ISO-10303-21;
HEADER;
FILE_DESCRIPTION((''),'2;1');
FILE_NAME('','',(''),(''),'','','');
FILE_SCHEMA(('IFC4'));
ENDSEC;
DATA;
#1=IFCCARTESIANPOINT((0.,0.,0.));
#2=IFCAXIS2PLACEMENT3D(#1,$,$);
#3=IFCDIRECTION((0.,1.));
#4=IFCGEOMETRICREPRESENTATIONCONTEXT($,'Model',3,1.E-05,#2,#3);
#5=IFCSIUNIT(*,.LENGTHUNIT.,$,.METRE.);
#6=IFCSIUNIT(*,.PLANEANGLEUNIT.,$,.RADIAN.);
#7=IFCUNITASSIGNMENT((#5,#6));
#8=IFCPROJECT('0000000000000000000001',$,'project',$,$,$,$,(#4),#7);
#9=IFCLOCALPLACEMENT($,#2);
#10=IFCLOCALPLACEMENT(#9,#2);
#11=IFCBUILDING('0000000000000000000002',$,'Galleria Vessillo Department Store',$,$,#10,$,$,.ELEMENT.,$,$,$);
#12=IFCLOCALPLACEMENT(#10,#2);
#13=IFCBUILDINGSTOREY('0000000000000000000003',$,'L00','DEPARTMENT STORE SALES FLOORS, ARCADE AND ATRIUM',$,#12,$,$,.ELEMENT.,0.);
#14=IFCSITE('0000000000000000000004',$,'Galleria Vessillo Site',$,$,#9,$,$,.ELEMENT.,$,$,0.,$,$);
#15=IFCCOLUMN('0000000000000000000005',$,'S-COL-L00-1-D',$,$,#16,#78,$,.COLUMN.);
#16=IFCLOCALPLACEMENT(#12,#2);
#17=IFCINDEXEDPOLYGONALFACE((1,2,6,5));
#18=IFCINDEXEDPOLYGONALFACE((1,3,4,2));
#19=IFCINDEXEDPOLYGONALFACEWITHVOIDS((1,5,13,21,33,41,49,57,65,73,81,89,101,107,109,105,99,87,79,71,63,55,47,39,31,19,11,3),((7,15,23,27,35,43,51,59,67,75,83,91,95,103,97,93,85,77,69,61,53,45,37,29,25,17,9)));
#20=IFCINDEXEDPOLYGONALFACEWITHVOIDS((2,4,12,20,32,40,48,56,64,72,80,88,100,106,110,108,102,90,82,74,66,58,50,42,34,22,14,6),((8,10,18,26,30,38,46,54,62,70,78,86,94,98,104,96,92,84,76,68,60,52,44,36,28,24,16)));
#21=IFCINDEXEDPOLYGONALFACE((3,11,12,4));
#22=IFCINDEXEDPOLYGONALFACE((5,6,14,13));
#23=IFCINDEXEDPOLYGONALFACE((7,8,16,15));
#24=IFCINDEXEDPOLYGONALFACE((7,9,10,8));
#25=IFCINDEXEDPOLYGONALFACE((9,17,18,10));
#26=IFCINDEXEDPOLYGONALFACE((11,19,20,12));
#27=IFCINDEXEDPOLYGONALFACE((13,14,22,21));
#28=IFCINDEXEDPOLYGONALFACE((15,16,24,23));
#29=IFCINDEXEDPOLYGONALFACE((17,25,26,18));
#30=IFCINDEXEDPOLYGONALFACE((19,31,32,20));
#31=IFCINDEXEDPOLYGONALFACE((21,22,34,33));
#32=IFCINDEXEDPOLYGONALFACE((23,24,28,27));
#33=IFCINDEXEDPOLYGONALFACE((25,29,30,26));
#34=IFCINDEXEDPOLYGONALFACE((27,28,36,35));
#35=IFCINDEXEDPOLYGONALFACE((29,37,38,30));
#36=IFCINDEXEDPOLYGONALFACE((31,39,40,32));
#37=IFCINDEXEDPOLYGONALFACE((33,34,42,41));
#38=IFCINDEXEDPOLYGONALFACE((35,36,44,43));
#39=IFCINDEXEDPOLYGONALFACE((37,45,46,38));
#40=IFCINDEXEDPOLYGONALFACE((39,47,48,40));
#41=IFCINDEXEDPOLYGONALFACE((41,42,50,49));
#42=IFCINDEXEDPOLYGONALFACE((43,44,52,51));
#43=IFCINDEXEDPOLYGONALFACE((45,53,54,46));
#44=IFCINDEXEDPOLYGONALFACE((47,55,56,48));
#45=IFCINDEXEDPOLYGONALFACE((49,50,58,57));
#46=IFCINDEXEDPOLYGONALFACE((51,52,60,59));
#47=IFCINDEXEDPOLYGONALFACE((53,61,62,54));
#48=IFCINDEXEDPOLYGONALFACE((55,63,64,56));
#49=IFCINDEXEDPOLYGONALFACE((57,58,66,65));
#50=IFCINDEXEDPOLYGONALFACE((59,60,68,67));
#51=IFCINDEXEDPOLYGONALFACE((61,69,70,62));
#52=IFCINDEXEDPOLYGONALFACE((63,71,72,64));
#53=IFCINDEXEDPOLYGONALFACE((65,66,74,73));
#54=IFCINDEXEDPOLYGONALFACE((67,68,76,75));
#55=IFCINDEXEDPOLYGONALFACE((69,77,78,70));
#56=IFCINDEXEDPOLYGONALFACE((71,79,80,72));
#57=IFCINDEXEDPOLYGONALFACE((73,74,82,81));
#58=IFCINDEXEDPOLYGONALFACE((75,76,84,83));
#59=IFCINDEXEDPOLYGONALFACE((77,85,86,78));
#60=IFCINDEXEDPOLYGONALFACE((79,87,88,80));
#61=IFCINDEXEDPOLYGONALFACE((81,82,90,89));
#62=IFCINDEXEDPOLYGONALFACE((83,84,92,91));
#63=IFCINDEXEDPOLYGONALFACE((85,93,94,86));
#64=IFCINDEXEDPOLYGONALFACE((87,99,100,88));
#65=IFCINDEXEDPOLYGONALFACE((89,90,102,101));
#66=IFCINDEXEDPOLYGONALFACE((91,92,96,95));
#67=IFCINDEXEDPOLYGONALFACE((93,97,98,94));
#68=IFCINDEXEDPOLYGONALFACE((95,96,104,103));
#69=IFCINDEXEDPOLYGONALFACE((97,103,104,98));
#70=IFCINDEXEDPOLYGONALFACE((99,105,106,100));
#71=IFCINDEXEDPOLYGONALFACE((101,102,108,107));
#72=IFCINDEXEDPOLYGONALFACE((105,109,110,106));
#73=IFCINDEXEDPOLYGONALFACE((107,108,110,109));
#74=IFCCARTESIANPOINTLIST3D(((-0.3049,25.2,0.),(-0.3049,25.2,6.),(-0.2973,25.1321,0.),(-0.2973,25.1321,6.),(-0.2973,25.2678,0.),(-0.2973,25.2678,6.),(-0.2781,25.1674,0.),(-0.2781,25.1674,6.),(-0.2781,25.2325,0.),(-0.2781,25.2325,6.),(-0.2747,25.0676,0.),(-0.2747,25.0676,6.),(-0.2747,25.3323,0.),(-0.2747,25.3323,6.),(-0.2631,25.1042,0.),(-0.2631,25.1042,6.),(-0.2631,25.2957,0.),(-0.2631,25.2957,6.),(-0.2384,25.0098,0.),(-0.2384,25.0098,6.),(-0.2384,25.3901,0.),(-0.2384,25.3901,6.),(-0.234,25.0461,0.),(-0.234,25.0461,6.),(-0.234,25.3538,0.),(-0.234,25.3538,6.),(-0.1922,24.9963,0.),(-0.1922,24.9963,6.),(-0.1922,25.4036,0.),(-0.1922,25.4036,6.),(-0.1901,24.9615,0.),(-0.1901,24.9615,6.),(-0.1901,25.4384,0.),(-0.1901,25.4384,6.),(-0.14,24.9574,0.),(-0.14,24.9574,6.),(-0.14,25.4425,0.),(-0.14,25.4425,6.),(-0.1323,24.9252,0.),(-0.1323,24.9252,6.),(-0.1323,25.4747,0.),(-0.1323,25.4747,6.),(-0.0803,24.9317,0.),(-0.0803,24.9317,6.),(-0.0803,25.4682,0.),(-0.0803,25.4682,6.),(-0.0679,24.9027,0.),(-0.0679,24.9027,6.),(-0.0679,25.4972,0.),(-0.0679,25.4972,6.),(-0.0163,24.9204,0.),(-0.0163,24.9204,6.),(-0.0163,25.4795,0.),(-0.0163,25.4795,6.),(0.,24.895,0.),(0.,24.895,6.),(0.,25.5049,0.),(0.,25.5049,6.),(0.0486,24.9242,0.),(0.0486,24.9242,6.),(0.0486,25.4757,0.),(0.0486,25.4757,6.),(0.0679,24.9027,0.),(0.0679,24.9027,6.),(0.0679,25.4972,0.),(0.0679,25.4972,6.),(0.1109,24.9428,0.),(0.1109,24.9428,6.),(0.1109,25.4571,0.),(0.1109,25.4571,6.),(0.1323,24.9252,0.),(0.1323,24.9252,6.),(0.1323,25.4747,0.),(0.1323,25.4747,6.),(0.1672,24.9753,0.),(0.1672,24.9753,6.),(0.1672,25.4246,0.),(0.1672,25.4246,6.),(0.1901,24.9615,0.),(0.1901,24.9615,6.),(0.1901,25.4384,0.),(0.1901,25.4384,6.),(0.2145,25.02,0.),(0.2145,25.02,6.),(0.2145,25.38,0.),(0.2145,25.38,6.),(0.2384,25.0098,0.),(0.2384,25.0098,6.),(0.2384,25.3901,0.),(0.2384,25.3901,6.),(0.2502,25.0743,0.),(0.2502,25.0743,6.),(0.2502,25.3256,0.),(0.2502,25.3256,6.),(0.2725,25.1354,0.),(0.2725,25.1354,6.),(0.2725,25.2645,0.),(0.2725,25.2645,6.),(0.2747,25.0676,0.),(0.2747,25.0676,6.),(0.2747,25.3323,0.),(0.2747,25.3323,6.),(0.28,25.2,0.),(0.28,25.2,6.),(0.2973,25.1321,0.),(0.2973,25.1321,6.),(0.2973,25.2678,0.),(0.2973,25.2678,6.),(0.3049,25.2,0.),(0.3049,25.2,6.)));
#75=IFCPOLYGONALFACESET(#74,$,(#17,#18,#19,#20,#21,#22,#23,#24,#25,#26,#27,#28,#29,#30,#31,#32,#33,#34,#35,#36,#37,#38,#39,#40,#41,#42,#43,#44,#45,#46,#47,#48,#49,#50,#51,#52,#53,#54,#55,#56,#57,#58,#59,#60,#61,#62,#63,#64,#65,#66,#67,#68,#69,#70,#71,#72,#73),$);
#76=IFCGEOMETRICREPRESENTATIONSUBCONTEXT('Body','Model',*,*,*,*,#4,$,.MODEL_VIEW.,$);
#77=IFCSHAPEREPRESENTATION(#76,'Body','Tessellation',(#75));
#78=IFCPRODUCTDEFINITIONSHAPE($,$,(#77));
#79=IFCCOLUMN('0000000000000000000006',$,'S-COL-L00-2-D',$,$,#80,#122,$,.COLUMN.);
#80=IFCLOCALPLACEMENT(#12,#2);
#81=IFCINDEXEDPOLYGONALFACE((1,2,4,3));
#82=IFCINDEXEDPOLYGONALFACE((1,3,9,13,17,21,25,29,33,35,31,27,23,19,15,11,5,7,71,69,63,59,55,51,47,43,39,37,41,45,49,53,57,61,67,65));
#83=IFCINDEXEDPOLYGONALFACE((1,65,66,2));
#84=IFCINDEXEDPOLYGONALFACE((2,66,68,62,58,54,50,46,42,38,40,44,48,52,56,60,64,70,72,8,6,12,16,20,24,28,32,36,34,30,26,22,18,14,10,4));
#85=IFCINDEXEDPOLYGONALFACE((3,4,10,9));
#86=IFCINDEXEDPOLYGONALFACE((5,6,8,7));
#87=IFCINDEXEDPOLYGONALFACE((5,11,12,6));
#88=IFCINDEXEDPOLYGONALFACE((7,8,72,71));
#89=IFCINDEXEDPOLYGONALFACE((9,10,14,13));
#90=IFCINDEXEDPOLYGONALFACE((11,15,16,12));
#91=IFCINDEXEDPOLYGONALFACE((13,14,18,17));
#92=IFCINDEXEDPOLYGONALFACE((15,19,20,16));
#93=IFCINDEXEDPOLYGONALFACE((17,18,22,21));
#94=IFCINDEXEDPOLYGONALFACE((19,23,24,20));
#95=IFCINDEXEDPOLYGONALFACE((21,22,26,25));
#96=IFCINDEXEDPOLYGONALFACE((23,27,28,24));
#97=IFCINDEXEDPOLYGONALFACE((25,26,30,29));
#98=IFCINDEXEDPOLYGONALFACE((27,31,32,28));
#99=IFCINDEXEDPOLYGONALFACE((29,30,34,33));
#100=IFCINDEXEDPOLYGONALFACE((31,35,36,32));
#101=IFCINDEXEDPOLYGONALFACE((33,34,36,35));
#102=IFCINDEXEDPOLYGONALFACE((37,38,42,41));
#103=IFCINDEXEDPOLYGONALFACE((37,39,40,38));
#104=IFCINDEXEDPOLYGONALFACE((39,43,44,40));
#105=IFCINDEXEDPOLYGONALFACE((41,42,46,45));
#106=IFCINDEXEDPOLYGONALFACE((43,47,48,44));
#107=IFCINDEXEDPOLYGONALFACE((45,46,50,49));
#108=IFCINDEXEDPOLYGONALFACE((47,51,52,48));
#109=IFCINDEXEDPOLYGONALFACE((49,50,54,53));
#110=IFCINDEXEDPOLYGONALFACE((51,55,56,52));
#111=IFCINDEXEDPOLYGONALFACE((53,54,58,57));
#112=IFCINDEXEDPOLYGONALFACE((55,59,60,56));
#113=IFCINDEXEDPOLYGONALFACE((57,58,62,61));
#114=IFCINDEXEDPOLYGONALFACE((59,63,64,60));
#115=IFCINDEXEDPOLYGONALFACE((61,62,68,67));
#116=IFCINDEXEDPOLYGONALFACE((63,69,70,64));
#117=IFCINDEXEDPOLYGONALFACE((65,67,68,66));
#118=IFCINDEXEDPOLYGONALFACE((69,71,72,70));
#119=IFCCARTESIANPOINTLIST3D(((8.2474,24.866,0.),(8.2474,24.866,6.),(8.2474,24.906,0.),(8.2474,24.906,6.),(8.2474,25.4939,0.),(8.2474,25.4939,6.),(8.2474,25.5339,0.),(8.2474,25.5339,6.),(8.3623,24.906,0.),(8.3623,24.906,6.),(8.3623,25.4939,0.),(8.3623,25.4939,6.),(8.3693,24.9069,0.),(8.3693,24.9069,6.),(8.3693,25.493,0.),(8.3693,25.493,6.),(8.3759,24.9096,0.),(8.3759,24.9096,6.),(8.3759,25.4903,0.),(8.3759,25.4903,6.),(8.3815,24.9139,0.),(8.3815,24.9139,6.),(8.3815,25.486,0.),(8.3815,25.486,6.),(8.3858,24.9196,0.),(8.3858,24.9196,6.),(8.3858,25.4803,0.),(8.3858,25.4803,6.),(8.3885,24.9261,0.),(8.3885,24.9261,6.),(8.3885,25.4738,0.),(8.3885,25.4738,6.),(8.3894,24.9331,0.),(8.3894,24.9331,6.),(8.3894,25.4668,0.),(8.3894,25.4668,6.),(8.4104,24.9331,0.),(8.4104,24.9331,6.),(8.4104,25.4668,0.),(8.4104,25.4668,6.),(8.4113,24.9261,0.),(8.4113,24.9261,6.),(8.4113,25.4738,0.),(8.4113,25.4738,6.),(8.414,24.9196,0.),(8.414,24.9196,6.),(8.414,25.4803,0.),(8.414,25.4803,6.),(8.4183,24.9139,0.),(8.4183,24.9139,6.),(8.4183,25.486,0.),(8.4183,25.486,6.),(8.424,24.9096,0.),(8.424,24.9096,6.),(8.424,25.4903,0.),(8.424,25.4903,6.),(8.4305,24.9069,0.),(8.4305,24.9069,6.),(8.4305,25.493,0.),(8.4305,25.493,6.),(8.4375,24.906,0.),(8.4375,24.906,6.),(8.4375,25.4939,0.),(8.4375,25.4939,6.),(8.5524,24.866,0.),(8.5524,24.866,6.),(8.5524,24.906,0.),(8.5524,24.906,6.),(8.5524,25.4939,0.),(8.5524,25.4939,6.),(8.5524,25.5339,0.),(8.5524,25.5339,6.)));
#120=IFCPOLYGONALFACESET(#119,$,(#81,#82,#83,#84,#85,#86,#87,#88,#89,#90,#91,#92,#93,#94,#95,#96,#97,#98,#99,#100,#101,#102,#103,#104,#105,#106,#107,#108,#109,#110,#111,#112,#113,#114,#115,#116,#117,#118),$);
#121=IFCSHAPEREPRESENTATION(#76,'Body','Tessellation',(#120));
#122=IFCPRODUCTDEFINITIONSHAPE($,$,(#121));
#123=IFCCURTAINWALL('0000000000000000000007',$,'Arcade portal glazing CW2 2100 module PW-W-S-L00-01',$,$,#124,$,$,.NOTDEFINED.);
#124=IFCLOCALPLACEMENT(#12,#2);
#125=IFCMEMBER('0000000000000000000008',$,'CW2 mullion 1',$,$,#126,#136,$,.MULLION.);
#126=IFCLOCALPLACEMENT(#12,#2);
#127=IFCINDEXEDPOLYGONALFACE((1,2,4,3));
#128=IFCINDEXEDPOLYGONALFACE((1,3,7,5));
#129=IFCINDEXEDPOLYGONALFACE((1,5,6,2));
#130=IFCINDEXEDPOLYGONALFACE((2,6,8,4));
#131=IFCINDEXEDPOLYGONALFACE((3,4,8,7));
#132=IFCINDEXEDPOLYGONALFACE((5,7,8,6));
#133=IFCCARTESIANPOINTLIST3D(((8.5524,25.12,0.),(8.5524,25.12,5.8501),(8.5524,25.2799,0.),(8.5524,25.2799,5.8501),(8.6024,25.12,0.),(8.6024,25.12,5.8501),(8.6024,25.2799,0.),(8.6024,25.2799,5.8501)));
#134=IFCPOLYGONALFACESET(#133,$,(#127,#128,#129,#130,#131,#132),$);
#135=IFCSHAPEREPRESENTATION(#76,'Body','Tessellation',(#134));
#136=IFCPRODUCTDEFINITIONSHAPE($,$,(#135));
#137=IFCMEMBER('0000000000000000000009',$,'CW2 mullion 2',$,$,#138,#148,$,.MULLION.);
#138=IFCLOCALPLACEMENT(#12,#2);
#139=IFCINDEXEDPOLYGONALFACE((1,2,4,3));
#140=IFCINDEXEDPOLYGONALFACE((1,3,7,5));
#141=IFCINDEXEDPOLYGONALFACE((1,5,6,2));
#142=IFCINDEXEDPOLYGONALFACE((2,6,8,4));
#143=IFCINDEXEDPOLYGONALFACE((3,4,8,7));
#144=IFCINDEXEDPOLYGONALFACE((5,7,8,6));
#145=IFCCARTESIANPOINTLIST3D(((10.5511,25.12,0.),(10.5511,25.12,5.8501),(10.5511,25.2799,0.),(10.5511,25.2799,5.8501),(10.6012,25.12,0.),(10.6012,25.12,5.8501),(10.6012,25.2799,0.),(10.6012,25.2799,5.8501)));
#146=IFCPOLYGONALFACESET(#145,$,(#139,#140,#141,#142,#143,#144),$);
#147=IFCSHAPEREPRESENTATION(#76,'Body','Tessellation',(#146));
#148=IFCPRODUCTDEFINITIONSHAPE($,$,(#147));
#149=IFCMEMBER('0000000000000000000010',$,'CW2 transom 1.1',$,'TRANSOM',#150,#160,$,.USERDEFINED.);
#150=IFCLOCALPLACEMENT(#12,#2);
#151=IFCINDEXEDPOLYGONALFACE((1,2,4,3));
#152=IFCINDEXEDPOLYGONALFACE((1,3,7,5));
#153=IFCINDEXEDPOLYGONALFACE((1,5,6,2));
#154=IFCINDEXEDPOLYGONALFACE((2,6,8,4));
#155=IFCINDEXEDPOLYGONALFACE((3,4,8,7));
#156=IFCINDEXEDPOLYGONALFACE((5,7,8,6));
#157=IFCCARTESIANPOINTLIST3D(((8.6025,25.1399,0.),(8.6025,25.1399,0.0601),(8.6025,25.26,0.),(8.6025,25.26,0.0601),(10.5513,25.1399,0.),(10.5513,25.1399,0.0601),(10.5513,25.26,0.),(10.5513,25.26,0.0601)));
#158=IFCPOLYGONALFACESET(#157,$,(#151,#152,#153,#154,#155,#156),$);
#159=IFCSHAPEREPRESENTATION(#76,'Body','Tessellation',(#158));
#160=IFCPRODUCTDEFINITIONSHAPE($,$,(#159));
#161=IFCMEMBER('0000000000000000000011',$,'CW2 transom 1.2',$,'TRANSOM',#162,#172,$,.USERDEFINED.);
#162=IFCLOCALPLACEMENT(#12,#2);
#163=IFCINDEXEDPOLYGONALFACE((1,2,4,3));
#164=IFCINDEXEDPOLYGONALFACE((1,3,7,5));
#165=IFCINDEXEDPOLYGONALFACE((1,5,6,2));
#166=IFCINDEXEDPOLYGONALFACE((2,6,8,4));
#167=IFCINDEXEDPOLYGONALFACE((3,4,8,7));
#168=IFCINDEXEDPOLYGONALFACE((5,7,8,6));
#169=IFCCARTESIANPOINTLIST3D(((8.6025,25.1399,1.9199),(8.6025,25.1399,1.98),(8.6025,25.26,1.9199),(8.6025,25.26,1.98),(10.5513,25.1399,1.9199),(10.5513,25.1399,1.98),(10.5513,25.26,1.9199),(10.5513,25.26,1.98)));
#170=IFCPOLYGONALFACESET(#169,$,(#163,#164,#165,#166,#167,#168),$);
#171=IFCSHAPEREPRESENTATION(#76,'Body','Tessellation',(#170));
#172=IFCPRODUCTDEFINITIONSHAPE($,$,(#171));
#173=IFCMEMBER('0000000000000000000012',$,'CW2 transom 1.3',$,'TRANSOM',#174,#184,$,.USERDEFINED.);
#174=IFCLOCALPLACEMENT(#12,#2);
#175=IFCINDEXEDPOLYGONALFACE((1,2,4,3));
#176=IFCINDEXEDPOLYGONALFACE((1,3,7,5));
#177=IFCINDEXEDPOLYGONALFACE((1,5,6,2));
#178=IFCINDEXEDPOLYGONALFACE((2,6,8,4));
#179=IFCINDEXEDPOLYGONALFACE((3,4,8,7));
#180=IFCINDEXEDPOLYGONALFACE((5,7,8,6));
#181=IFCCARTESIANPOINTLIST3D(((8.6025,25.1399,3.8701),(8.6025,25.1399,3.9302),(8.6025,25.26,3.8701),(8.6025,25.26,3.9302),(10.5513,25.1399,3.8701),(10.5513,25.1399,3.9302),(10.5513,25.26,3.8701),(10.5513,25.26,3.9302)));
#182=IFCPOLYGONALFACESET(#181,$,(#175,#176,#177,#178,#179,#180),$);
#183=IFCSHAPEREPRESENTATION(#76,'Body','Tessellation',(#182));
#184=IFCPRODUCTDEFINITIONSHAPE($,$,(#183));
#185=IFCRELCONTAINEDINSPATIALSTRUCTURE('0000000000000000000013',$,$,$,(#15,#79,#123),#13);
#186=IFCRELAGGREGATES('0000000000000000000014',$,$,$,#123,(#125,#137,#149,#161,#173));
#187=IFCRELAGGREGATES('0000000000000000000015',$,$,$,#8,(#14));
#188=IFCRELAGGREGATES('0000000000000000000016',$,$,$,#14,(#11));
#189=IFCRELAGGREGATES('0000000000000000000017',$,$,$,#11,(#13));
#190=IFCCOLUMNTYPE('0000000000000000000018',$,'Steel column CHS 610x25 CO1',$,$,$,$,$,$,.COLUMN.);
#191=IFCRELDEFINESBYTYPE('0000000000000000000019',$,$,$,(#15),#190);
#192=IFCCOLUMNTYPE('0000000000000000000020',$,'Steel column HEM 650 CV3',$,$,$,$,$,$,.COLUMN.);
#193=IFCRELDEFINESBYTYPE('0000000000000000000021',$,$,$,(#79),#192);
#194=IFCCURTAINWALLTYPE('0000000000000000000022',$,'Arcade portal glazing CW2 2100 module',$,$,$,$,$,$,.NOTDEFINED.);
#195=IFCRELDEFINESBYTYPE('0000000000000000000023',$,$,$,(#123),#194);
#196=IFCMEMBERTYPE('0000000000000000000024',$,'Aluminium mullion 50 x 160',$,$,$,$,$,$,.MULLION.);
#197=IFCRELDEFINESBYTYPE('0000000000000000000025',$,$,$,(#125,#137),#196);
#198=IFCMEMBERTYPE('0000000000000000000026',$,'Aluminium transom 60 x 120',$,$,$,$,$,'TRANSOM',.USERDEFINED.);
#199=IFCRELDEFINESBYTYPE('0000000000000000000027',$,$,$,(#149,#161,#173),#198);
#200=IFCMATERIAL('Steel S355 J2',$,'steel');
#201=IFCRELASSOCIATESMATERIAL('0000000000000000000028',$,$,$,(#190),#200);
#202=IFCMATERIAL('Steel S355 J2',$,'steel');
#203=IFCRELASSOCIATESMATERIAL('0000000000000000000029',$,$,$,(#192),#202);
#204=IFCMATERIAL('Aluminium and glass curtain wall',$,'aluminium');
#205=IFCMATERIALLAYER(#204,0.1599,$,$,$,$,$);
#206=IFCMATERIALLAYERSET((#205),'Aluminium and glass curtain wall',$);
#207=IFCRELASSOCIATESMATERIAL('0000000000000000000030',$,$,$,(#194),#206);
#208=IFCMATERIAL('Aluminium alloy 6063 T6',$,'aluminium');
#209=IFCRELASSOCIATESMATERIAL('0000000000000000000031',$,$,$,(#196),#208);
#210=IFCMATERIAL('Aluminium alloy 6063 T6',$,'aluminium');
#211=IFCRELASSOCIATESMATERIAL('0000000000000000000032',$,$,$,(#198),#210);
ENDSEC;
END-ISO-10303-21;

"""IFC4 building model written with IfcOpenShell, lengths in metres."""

from ifc_helpers import new_model, si_unit, direction, frame, origin, origin_2d, place, context, subcontext, project, spatial, rectangle, hollow_circle, i_section, extrude, material, layer, layer_set, material_profile, profile_set, type_object, element, aggregate, save


model = new_model("IFC4")

# Units and contexts
model_context = context("Model", 3, precision=1e-05, world=origin(), true_north=direction((0.0, 1.0)))
body_context = subcontext(model_context, "Body", "Model", "MODEL_VIEW")
ifc_project = project(units=[si_unit("LENGTHUNIT", "METRE"), si_unit("PLANEANGLEUNIT", "RADIAN")], contexts=[model_context])

# Site, building, storey
site_placement = place(None, origin())
site = spatial("IfcSite", under=ifc_project, at=site_placement, Name="Galleria Vessillo Site", CompositionType="ELEMENT", RefElevation=0.0)
building_placement = place(site_placement, origin())
building = spatial("IfcBuilding", under=site, at=building_placement, Name="Galleria Vessillo Department Store", CompositionType="ELEMENT")
storey_placement = place(building_placement, origin())
storey = spatial("IfcBuildingStorey", under=building, at=storey_placement, Name="L00", Description="DEPARTMENT STORE SALES FLOORS, ARCADE AND ATRIUM", CompositionType="ELEMENT", Elevation=0.0)

# Columns
ifc_material_1 = material(Name="Steel S355 J2", Category="steel")
ifc_material_profile_1 = material_profile(ifc_material_1, hollow_circle(Radius=0.3049, WallThickness=0.0249, at=origin_2d()), Name="CHS 610x25")
ifc_profile_set_1 = profile_set([ifc_material_profile_1], Name="Steel S355 J2")
column_type_1 = type_object("IfcColumnType", Name="Steel column CHS 610x25 CO1", PredefinedType="COLUMN", material=ifc_profile_set_1)
column_1_placement = place(storey_placement, frame((0.0, 25.2, 0.0), z_axis=(0.0, 0.0, 1.0), x_axis=(1.0, 0.0, 0.0)))
element("IfcColumn", 1, at=column_1_placement, inside=storey, type_object=column_type_1, Name="S-COL-L00-1-D", PredefinedType="COLUMN", context=body_context, shape_type="SweptSolid", body=[
    extrude(hollow_circle(Radius=0.3049, WallThickness=0.0249, at=origin_2d()), origin(), (0.0, 0.0, 1.0), 6.0),
])
ifc_material_2 = material(Name="Steel S355 J2", Category="steel")
ifc_material_profile_2 = material_profile(ifc_material_2, i_section(OverallWidth=0.3049, OverallDepth=0.668, WebThickness=0.021, FlangeThickness=0.04, FilletRadius=0.0271, at=origin_2d()), Name="HEM 650")
ifc_profile_set_2 = profile_set([ifc_material_profile_2], Name="Steel S355 J2")
column_type_2 = type_object("IfcColumnType", Name="Steel column HEM 650 CV3", PredefinedType="COLUMN", material=ifc_profile_set_2)
column_2_placement = place(storey_placement, frame((8.3999, 25.2, 0.0), z_axis=(0.0, 0.0, 1.0), x_axis=(1.0, 0.0, 0.0)))
element("IfcColumn", 2, at=column_2_placement, inside=storey, type_object=column_type_2, Name="S-COL-L00-2-D", PredefinedType="COLUMN", context=body_context, shape_type="SweptSolid", body=[
    extrude(i_section(OverallWidth=0.3049, OverallDepth=0.668, WebThickness=0.021, FlangeThickness=0.04, FilletRadius=0.0271, at=origin_2d()), origin(), (0.0, 0.0, 1.0), 6.0),
])

# Curtain wall, members
ifc_material_3 = material(Name="Aluminium and glass curtain wall", Category="aluminium")
ifc_layer_1 = layer(ifc_material_3, 0.1599)
ifc_layer_set_1 = layer_set([ifc_layer_1], Name="Aluminium and glass curtain wall")
curtain_wall_type = type_object("IfcCurtainWallType", Name="Arcade portal glazing CW2 2100 module", PredefinedType="NOTDEFINED", material=ifc_layer_set_1)
curtain_wall_placement = place(storey_placement, origin())
curtain_wall = element("IfcCurtainWall", 3, at=curtain_wall_placement, inside=storey, type_object=curtain_wall_type, Name="Arcade portal glazing CW2 2100 module PW-W-S-L00-01", PredefinedType="NOTDEFINED")
ifc_material_4 = material(Name="Aluminium alloy 6063 T6", Category="aluminium")
ifc_material_profile_3 = material_profile(ifc_material_4, rectangle(XDim=0.1599, YDim=0.05, at=origin_2d()), Name="AL 50x160")
ifc_profile_set_3 = profile_set([ifc_material_profile_3], Name="Aluminium alloy 6063 T6")
member_type_1 = type_object("IfcMemberType", Name="Aluminium mullion 50 x 160", PredefinedType="MULLION", material=ifc_profile_set_3)
member_1_placement = place(storey_placement, frame((8.5774, 25.2, 0.0), z_axis=(0.0, 0.0, 1.0), x_axis=(0.0, 1.0, 0.0)))
member_1 = element("IfcMember", 4, at=member_1_placement, type_object=member_type_1, Name="CW2 mullion 1", PredefinedType="MULLION", context=body_context, shape_type="SweptSolid", body=[
    extrude(rectangle(XDim=0.1599, YDim=0.05, at=origin_2d()), origin(), (0.0, 0.0, 1.0), 5.8501),
])
member_2_placement = place(storey_placement, frame((10.5762, 25.2, 0.0), z_axis=(0.0, 0.0, 1.0), x_axis=(0.0, 1.0, 0.0)))
member_2 = element("IfcMember", 5, at=member_2_placement, type_object=member_type_1, Name="CW2 mullion 2", PredefinedType="MULLION", context=body_context, shape_type="SweptSolid", body=[
    extrude(rectangle(XDim=0.1599, YDim=0.05, at=origin_2d()), origin(), (0.0, 0.0, 1.0), 5.8501),
])
ifc_material_5 = material(Name="Aluminium alloy 6063 T6", Category="aluminium")
ifc_material_profile_4 = material_profile(ifc_material_5, rectangle(XDim=0.1201, YDim=0.0601, at=origin_2d()), Name="AL 60x120")
ifc_profile_set_4 = profile_set([ifc_material_profile_4], Name="Aluminium alloy 6063 T6")
member_type_2 = type_object("IfcMemberType", Name="Aluminium transom 60 x 120", ElementType="TRANSOM", PredefinedType="USERDEFINED", material=ifc_profile_set_4)
member_3_placement = place(storey_placement, frame((8.6025, 25.2, 0.03), z_axis=(1.0, 0.0, 0.0), x_axis=(0.0, 1.0, 0.0)))
member_3 = element("IfcMember", 6, at=member_3_placement, type_object=member_type_2, Name="CW2 transom 1.1", ObjectType="TRANSOM", PredefinedType="USERDEFINED", context=body_context, shape_type="SweptSolid", body=[
    extrude(rectangle(XDim=0.1201, YDim=0.0601, at=origin_2d()), origin(), (0.0, 0.0, 1.0), 1.9487),
])
member_4_placement = place(storey_placement, frame((8.6025, 25.2, 1.95), z_axis=(1.0, 0.0, 0.0), x_axis=(0.0, 1.0, 0.0)))
member_4 = element("IfcMember", 7, at=member_4_placement, type_object=member_type_2, Name="CW2 transom 1.2", ObjectType="TRANSOM", PredefinedType="USERDEFINED", context=body_context, shape_type="SweptSolid", body=[
    extrude(rectangle(XDim=0.1201, YDim=0.0601, at=origin_2d()), origin(), (0.0, 0.0, 1.0), 1.9487),
])
member_5_placement = place(storey_placement, frame((8.6025, 25.2, 3.9001), z_axis=(1.0, 0.0, 0.0), x_axis=(0.0, 1.0, 0.0)))
member_5 = element("IfcMember", 8, at=member_5_placement, type_object=member_type_2, Name="CW2 transom 1.3", ObjectType="TRANSOM", PredefinedType="USERDEFINED", context=body_context, shape_type="SweptSolid", body=[
    extrude(rectangle(XDim=0.1201, YDim=0.0601, at=origin_2d()), origin(), (0.0, 0.0, 1.0), 1.9487),
])

aggregate(curtain_wall, [member_1, member_2, member_3, member_4, member_5])

save(model, "model.ifc")
